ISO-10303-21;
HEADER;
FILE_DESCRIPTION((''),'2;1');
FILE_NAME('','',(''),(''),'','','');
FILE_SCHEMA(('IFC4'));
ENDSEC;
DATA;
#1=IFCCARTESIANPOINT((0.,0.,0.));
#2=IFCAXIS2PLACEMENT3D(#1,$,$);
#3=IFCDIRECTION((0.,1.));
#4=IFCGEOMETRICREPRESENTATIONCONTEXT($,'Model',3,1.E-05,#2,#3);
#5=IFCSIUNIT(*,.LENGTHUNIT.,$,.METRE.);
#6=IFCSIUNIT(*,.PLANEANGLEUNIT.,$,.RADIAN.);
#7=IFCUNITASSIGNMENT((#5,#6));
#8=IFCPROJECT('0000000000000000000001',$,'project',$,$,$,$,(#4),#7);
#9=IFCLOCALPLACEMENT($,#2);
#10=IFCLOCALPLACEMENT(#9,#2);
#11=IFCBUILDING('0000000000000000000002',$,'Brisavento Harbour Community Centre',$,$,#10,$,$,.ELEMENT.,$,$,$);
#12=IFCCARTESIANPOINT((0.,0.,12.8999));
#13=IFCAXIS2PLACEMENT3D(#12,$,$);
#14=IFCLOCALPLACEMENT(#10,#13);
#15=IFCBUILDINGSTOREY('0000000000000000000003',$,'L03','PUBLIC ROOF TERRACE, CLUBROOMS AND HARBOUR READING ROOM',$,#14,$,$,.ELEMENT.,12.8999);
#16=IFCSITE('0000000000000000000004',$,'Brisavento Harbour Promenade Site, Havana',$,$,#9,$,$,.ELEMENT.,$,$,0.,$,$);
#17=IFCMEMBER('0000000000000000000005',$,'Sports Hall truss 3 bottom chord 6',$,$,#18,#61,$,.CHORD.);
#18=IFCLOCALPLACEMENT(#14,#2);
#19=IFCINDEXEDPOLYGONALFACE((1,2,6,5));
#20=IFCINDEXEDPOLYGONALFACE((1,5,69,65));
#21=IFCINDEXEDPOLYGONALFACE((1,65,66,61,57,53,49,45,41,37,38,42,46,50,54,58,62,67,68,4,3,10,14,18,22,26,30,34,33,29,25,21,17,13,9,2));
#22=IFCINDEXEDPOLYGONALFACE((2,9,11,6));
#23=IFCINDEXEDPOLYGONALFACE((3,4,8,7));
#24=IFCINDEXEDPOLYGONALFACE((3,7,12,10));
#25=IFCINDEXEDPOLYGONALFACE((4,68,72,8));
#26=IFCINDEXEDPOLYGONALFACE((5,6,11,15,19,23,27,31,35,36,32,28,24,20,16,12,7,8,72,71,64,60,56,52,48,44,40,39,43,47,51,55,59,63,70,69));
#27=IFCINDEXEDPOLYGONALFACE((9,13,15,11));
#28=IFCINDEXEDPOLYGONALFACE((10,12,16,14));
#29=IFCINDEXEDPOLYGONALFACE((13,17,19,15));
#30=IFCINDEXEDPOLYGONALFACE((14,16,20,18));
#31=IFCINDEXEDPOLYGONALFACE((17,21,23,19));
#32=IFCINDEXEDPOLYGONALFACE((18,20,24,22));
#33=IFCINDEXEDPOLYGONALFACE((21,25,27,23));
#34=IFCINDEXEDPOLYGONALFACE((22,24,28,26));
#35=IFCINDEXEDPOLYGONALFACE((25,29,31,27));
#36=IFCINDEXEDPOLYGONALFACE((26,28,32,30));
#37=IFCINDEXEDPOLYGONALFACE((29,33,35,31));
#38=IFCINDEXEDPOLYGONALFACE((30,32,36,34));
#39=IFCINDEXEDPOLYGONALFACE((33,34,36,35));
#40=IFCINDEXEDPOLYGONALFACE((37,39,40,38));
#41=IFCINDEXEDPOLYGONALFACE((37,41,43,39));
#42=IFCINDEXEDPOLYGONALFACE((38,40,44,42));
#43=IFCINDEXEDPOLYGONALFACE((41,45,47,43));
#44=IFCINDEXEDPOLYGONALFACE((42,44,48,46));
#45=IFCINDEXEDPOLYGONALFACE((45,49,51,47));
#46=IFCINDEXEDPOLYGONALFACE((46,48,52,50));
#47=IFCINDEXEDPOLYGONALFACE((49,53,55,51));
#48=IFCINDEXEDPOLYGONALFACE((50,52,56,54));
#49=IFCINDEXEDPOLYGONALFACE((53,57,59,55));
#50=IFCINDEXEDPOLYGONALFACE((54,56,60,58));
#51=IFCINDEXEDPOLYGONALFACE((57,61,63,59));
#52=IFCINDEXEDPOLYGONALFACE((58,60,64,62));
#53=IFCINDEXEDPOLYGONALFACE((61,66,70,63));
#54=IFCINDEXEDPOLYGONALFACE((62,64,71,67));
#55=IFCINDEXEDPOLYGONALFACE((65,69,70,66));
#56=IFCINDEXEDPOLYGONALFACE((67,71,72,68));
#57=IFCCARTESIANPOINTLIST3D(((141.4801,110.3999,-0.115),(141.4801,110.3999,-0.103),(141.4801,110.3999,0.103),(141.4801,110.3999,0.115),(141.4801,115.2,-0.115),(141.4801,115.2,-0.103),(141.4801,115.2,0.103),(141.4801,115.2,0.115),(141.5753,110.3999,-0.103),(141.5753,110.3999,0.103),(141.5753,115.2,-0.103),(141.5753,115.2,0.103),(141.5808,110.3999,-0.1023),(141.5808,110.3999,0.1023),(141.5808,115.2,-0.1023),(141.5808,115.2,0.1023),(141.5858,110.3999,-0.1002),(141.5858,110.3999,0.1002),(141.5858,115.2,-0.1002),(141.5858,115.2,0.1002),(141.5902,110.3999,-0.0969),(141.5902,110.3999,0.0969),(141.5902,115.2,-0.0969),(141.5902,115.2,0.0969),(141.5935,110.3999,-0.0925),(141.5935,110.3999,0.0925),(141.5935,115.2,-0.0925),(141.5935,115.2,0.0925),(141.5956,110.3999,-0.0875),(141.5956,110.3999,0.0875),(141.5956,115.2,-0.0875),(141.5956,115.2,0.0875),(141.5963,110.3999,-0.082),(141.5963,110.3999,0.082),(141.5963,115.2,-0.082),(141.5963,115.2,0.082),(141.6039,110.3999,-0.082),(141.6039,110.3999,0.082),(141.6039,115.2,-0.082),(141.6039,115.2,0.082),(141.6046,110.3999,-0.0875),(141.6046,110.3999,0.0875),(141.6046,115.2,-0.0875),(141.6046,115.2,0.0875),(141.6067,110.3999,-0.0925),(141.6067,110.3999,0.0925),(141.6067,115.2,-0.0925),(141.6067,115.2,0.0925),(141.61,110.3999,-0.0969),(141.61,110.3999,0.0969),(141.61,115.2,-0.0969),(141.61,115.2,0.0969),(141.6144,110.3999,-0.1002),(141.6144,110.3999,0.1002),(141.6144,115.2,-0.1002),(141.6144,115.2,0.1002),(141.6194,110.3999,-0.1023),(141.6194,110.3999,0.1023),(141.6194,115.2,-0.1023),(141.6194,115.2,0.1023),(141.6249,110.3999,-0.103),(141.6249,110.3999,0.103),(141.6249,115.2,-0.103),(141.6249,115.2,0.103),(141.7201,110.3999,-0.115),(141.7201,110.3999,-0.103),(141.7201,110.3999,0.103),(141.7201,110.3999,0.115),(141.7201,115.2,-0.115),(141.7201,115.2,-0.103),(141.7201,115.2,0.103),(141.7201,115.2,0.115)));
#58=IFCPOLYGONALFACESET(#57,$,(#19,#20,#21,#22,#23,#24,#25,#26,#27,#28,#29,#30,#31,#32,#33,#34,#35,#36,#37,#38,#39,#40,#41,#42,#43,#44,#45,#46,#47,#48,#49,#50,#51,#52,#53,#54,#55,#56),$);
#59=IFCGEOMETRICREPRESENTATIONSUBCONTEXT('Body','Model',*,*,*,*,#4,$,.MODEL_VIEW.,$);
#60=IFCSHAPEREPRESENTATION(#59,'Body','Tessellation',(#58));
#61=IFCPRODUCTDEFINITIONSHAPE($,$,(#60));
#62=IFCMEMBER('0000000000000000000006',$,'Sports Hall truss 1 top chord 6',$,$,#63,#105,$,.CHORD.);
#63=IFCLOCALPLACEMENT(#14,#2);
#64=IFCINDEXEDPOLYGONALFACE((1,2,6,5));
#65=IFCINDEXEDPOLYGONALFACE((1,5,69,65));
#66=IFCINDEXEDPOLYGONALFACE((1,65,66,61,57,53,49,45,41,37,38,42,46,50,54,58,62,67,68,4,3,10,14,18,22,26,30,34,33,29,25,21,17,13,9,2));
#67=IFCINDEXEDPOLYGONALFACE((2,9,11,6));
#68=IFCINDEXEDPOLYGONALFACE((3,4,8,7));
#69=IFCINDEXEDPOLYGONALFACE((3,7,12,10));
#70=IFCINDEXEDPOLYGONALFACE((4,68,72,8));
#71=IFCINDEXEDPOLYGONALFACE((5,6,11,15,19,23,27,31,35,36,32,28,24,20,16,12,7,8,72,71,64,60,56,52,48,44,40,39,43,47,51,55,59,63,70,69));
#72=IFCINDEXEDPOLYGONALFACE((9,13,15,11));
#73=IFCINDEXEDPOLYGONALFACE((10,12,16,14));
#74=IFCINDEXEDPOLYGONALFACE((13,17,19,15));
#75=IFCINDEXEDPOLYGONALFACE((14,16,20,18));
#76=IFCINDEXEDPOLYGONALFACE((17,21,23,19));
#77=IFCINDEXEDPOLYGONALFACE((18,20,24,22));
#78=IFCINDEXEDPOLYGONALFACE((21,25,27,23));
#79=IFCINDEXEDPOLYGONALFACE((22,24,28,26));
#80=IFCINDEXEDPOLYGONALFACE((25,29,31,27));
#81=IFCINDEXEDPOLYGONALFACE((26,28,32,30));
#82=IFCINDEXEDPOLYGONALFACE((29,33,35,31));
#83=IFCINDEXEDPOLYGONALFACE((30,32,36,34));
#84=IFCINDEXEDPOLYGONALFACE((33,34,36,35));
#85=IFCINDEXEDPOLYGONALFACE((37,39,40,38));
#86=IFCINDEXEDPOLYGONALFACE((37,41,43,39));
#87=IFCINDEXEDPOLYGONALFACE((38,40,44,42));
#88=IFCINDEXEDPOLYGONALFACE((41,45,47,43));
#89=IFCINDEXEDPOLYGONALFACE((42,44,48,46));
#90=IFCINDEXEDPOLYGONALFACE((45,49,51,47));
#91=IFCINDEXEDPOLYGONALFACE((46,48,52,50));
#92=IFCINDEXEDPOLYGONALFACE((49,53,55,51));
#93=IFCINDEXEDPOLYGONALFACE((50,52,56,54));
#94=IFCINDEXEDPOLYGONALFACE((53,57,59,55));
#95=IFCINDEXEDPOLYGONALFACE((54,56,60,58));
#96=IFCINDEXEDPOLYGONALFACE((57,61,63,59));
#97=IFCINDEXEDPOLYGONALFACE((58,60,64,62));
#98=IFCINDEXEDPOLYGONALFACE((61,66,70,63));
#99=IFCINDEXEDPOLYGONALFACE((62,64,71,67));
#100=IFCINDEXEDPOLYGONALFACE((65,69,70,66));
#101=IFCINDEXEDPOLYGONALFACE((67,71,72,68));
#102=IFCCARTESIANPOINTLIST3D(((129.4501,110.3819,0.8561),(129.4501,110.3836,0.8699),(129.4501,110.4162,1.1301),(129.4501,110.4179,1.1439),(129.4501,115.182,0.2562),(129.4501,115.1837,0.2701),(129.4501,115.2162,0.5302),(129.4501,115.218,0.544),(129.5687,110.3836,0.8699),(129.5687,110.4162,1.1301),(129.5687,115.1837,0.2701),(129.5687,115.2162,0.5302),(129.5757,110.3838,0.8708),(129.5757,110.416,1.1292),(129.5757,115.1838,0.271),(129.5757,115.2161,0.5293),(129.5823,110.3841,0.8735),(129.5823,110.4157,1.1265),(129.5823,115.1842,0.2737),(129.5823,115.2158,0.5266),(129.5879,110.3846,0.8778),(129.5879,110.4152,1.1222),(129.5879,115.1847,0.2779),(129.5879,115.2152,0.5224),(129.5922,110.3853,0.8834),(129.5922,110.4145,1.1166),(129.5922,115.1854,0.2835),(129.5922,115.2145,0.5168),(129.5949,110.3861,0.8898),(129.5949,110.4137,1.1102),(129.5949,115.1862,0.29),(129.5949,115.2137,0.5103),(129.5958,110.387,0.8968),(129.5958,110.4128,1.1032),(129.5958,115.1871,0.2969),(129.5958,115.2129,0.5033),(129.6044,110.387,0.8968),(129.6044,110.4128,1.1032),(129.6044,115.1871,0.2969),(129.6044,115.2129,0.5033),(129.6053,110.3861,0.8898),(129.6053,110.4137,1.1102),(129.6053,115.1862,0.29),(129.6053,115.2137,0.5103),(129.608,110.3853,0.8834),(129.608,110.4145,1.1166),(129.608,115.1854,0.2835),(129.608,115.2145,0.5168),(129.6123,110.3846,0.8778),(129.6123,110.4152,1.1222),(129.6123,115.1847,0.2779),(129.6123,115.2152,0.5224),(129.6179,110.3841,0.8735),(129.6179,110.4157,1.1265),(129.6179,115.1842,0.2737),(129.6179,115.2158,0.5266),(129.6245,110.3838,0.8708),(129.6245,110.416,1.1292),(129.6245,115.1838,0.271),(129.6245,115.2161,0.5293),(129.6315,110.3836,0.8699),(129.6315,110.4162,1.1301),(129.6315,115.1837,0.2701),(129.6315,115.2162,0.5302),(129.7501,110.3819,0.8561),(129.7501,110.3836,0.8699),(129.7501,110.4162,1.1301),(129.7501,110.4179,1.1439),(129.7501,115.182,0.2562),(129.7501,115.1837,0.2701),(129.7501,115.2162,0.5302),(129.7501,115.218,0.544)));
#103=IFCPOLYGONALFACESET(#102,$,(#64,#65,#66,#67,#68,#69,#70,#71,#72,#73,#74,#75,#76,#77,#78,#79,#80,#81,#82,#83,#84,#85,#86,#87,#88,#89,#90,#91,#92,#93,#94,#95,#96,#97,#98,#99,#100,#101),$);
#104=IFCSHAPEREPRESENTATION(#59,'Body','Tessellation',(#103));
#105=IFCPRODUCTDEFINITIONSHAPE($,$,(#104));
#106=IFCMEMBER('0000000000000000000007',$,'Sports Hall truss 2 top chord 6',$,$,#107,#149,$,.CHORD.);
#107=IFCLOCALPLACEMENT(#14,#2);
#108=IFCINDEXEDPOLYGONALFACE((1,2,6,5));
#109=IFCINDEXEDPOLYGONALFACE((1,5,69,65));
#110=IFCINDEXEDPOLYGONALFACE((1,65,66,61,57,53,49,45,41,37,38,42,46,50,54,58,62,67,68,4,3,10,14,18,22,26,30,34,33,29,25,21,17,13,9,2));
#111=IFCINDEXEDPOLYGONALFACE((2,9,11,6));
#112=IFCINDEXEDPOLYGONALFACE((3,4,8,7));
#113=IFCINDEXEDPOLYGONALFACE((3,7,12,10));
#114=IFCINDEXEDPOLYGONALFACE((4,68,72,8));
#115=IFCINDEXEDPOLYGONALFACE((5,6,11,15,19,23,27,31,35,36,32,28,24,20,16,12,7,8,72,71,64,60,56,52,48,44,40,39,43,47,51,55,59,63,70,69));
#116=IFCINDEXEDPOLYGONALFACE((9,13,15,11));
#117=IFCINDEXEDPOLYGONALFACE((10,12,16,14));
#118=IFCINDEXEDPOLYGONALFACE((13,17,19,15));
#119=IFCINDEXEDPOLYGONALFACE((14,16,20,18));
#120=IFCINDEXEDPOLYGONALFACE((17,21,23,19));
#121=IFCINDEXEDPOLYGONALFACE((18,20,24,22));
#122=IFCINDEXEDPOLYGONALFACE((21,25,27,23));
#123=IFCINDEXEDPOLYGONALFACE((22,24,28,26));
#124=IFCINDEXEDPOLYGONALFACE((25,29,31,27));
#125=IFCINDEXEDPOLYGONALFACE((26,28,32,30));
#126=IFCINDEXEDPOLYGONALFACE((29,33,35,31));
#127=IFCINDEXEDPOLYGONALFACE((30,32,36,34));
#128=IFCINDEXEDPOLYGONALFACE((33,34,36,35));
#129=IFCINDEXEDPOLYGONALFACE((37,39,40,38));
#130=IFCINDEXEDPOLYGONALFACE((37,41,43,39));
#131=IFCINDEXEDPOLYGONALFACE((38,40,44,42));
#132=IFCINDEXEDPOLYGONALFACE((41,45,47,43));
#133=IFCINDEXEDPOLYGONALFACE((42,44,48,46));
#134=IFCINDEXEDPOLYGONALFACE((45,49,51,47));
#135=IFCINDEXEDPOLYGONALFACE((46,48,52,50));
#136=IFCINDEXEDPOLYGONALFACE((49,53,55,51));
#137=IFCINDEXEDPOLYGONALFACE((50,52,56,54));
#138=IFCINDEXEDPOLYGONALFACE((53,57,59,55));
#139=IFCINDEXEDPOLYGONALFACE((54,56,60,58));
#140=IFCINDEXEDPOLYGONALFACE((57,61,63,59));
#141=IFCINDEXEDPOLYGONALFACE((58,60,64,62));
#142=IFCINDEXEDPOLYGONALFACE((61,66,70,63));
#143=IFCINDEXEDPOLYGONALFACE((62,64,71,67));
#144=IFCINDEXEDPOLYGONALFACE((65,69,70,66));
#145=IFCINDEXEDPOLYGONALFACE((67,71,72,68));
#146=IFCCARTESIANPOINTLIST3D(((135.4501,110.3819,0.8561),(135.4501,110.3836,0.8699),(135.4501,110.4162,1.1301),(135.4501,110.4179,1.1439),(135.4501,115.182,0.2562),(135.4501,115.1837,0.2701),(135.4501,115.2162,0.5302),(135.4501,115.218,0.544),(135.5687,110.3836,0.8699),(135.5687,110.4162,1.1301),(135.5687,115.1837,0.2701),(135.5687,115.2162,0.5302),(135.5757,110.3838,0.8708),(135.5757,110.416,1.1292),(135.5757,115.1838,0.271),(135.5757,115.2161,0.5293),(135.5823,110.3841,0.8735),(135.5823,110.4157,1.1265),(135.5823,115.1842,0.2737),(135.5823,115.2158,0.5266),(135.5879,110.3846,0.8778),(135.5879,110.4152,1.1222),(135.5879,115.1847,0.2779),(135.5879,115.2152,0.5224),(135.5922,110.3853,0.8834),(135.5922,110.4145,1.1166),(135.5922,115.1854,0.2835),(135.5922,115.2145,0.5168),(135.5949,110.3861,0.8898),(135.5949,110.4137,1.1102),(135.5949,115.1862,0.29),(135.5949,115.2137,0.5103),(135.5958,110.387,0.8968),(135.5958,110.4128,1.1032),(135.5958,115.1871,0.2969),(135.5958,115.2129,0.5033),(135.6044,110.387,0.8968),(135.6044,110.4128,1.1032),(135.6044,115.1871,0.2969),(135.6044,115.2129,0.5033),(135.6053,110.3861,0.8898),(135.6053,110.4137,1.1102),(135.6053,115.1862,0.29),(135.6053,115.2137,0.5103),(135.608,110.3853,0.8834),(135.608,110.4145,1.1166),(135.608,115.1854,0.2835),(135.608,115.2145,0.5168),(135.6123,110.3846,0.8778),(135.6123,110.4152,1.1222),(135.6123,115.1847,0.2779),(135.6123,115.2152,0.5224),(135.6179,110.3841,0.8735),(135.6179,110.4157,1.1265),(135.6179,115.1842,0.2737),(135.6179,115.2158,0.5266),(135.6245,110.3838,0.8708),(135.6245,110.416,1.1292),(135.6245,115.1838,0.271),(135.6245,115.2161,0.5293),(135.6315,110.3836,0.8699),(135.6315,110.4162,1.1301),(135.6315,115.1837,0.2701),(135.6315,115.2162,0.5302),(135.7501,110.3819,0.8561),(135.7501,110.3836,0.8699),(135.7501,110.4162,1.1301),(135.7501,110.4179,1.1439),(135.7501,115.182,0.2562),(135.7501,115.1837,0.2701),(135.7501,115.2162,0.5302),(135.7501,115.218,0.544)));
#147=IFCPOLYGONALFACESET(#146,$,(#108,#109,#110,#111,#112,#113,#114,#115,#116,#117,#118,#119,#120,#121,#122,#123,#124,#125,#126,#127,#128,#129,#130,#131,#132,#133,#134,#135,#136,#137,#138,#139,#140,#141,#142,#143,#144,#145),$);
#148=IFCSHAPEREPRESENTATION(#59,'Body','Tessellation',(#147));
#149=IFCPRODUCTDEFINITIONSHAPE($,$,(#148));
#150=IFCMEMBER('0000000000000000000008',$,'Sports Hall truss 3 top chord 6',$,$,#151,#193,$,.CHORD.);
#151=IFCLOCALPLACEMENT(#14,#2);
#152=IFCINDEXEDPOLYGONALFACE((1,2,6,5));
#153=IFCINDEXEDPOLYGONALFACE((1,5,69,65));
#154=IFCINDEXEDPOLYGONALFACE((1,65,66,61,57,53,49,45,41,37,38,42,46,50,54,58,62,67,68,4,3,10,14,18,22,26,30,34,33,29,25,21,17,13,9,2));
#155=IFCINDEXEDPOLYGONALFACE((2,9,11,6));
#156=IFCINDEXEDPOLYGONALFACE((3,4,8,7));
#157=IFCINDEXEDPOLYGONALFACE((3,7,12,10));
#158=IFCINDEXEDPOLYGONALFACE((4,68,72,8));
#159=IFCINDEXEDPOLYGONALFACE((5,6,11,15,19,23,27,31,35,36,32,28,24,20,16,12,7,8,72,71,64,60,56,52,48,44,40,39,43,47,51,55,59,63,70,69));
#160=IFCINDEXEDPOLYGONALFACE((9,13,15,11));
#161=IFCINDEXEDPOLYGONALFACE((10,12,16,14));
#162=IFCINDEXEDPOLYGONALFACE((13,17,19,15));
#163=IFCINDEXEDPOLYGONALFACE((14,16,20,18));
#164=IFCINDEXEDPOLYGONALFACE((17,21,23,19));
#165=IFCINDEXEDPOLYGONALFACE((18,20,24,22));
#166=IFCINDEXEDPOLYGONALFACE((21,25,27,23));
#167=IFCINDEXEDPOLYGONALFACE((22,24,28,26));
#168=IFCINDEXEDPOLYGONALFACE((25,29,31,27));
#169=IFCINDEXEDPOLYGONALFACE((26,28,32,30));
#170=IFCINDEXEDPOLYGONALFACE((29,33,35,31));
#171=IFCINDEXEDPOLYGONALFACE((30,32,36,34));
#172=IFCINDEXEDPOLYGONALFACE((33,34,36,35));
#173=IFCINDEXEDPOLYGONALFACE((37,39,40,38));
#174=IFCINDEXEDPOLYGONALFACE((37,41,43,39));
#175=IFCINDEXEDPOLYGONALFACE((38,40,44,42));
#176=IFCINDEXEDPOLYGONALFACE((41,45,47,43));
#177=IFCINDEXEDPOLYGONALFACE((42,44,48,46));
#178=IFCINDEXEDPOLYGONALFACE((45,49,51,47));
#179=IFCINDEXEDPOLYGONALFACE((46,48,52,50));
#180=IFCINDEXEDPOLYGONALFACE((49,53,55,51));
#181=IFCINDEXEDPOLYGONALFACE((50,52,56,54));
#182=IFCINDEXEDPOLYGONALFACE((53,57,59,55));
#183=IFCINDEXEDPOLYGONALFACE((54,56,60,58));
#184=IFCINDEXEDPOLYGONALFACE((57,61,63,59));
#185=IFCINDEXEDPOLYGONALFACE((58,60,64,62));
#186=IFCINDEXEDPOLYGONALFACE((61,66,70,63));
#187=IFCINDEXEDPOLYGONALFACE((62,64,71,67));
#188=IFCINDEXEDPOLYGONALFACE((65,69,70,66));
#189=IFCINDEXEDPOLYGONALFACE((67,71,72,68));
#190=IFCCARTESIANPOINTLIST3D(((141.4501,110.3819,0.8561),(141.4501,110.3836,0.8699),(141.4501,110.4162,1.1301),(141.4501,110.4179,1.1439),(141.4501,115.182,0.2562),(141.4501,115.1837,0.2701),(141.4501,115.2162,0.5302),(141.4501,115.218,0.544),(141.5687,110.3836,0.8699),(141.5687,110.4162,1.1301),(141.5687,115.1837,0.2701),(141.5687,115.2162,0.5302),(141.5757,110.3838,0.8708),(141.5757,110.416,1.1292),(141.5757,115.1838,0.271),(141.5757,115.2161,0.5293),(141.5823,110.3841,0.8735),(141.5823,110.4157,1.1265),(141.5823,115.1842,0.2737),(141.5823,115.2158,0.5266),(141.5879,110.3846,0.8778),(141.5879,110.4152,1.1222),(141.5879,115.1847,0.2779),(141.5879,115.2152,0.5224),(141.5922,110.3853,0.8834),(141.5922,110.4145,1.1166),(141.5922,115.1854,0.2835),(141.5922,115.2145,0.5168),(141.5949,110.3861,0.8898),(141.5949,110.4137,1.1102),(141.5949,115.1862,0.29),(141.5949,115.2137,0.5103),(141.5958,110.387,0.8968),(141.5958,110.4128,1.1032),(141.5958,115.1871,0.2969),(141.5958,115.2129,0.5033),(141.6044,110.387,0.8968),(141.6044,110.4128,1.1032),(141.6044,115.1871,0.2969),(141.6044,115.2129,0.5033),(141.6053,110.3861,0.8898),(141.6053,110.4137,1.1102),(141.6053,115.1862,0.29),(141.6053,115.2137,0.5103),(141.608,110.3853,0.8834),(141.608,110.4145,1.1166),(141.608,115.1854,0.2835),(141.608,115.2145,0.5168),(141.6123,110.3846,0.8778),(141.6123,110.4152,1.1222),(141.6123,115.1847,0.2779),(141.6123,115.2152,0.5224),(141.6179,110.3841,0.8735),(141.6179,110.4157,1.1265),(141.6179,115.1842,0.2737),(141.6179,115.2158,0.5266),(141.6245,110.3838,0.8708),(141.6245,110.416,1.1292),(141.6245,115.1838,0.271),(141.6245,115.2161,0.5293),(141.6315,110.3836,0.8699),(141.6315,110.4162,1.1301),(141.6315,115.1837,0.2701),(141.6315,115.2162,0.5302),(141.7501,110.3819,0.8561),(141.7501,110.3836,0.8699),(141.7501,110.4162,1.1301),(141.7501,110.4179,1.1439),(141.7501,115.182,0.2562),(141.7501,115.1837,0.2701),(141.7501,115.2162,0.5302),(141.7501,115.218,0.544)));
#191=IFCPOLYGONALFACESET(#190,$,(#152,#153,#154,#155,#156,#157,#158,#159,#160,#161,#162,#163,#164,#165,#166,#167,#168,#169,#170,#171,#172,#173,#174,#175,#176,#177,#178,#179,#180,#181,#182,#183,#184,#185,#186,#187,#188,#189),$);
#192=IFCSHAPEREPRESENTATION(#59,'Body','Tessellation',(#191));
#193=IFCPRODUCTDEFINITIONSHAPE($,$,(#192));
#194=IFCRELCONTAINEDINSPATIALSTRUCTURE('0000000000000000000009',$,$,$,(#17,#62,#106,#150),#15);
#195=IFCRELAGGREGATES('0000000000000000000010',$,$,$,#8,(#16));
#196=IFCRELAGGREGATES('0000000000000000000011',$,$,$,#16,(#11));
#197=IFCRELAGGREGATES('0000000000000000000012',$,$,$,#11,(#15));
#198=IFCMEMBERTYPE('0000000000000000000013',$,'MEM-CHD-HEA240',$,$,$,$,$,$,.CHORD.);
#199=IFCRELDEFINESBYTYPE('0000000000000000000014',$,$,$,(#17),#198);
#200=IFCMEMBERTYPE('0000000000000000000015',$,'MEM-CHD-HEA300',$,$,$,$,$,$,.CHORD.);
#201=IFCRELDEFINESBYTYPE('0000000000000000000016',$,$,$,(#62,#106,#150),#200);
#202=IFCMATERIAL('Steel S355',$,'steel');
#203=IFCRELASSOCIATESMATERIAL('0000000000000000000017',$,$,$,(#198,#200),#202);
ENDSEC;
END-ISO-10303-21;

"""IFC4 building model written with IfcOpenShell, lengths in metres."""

from ifc_helpers import new_model, si_unit, direction, frame, origin, origin_2d, place, context, subcontext, project, spatial, i_section, extrude, material, material_profile, profile_set, type_object, element, save


model = new_model("IFC4")

# Units and contexts
model_context = context("Model", 3, precision=1e-05, world=origin(), true_north=direction((0.0, 1.0)))
body_context = subcontext(model_context, "Body", "Model", "MODEL_VIEW")
ifc_project = project(units=[si_unit("LENGTHUNIT", "METRE"), si_unit("PLANEANGLEUNIT", "RADIAN")], contexts=[model_context])

# Site, building, storey
site_placement = place(None, origin())
site = spatial("IfcSite", under=ifc_project, at=site_placement, Name="Brisavento Harbour Promenade Site, Havana", CompositionType="ELEMENT", RefElevation=0.0)
building_placement = place(site_placement, origin())
building = spatial("IfcBuilding", under=site, at=building_placement, Name="Brisavento Harbour Community Centre", CompositionType="ELEMENT")
storey_placement = place(building_placement, frame((0.0, 0.0, 12.8999)))
storey = spatial("IfcBuildingStorey", under=building, at=storey_placement, Name="L03", Description="PUBLIC ROOF TERRACE, CLUBROOMS AND HARBOUR READING ROOM", CompositionType="ELEMENT", Elevation=12.8999)

# Members
ifc_material = material(Name="Steel S355", Category="steel")
ifc_material_profile_1 = material_profile(ifc_material, i_section(OverallWidth=0.24, OverallDepth=0.23, WebThickness=0.0076, FlangeThickness=0.012, FilletRadius=0.021, at=origin_2d()), Name="Steel S355")
ifc_profile_set_1 = profile_set([ifc_material_profile_1], Name="Steel S355")
member_type_1 = type_object("IfcMemberType", Name="MEM-CHD-HEA240", PredefinedType="CHORD", material=ifc_profile_set_1)
for number, where, z_axis, x_axis, name in (
    (1, (141.6001, 110.3999, 0.0), (0.0, 1.0, 0.0), (-1.0, 0.0, 0.0), "Sports Hall truss 3 bottom chord 6"),
):
    element("IfcMember", number, at=place(storey_placement, frame(where, z_axis=z_axis, x_axis=x_axis)), inside=storey, type_object=member_type_1, Name=name, PredefinedType="CHORD", context=body_context, shape_type="SweptSolid", body=[
        extrude(i_section(OverallWidth=0.24, OverallDepth=0.23, WebThickness=0.0076, FlangeThickness=0.012, FilletRadius=0.021, at=origin_2d()), origin(), (0.0, 0.0, 1.0), 4.8),
    ])
ifc_material_profile_2 = material_profile(ifc_material, i_section(OverallWidth=0.3, OverallDepth=0.29, WebThickness=0.0085, FlangeThickness=0.0139, FilletRadius=0.0271, at=origin_2d()), Name="Steel S355")
ifc_profile_set_2 = profile_set([ifc_material_profile_2], Name="Steel S355")
member_type_2 = type_object("IfcMemberType", Name="MEM-CHD-HEA300", PredefinedType="CHORD", material=ifc_profile_set_2)
for number, where, z_axis, x_axis, name in (
    (2, (129.6001, 110.3999, 1.0), (0.0, 0.992282, -0.124004), (-1.0, 0.0, 0.0), "Sports Hall truss 1 top chord 6"),
    (3, (135.6001, 110.3999, 1.0), (0.0, 0.992282, -0.124004), (-1.0, 0.0, 0.0), "Sports Hall truss 2 top chord 6"),
    (4, (141.6001, 110.3999, 1.0), (0.0, 0.992282, -0.124004), (-1.0, 0.0, 0.0), "Sports Hall truss 3 top chord 6"),
):
    element("IfcMember", number, at=place(storey_placement, frame(where, z_axis=z_axis, x_axis=x_axis)), inside=storey, type_object=member_type_2, Name=name, PredefinedType="CHORD", context=body_context, shape_type="SweptSolid", body=[
        extrude(i_section(OverallWidth=0.3, OverallDepth=0.29, WebThickness=0.0085, FlangeThickness=0.0139, FilletRadius=0.0271, at=origin_2d()), origin(), (0.0, 0.0, 1.0), 4.8374),
    ])

save(model, "model.ifc")
